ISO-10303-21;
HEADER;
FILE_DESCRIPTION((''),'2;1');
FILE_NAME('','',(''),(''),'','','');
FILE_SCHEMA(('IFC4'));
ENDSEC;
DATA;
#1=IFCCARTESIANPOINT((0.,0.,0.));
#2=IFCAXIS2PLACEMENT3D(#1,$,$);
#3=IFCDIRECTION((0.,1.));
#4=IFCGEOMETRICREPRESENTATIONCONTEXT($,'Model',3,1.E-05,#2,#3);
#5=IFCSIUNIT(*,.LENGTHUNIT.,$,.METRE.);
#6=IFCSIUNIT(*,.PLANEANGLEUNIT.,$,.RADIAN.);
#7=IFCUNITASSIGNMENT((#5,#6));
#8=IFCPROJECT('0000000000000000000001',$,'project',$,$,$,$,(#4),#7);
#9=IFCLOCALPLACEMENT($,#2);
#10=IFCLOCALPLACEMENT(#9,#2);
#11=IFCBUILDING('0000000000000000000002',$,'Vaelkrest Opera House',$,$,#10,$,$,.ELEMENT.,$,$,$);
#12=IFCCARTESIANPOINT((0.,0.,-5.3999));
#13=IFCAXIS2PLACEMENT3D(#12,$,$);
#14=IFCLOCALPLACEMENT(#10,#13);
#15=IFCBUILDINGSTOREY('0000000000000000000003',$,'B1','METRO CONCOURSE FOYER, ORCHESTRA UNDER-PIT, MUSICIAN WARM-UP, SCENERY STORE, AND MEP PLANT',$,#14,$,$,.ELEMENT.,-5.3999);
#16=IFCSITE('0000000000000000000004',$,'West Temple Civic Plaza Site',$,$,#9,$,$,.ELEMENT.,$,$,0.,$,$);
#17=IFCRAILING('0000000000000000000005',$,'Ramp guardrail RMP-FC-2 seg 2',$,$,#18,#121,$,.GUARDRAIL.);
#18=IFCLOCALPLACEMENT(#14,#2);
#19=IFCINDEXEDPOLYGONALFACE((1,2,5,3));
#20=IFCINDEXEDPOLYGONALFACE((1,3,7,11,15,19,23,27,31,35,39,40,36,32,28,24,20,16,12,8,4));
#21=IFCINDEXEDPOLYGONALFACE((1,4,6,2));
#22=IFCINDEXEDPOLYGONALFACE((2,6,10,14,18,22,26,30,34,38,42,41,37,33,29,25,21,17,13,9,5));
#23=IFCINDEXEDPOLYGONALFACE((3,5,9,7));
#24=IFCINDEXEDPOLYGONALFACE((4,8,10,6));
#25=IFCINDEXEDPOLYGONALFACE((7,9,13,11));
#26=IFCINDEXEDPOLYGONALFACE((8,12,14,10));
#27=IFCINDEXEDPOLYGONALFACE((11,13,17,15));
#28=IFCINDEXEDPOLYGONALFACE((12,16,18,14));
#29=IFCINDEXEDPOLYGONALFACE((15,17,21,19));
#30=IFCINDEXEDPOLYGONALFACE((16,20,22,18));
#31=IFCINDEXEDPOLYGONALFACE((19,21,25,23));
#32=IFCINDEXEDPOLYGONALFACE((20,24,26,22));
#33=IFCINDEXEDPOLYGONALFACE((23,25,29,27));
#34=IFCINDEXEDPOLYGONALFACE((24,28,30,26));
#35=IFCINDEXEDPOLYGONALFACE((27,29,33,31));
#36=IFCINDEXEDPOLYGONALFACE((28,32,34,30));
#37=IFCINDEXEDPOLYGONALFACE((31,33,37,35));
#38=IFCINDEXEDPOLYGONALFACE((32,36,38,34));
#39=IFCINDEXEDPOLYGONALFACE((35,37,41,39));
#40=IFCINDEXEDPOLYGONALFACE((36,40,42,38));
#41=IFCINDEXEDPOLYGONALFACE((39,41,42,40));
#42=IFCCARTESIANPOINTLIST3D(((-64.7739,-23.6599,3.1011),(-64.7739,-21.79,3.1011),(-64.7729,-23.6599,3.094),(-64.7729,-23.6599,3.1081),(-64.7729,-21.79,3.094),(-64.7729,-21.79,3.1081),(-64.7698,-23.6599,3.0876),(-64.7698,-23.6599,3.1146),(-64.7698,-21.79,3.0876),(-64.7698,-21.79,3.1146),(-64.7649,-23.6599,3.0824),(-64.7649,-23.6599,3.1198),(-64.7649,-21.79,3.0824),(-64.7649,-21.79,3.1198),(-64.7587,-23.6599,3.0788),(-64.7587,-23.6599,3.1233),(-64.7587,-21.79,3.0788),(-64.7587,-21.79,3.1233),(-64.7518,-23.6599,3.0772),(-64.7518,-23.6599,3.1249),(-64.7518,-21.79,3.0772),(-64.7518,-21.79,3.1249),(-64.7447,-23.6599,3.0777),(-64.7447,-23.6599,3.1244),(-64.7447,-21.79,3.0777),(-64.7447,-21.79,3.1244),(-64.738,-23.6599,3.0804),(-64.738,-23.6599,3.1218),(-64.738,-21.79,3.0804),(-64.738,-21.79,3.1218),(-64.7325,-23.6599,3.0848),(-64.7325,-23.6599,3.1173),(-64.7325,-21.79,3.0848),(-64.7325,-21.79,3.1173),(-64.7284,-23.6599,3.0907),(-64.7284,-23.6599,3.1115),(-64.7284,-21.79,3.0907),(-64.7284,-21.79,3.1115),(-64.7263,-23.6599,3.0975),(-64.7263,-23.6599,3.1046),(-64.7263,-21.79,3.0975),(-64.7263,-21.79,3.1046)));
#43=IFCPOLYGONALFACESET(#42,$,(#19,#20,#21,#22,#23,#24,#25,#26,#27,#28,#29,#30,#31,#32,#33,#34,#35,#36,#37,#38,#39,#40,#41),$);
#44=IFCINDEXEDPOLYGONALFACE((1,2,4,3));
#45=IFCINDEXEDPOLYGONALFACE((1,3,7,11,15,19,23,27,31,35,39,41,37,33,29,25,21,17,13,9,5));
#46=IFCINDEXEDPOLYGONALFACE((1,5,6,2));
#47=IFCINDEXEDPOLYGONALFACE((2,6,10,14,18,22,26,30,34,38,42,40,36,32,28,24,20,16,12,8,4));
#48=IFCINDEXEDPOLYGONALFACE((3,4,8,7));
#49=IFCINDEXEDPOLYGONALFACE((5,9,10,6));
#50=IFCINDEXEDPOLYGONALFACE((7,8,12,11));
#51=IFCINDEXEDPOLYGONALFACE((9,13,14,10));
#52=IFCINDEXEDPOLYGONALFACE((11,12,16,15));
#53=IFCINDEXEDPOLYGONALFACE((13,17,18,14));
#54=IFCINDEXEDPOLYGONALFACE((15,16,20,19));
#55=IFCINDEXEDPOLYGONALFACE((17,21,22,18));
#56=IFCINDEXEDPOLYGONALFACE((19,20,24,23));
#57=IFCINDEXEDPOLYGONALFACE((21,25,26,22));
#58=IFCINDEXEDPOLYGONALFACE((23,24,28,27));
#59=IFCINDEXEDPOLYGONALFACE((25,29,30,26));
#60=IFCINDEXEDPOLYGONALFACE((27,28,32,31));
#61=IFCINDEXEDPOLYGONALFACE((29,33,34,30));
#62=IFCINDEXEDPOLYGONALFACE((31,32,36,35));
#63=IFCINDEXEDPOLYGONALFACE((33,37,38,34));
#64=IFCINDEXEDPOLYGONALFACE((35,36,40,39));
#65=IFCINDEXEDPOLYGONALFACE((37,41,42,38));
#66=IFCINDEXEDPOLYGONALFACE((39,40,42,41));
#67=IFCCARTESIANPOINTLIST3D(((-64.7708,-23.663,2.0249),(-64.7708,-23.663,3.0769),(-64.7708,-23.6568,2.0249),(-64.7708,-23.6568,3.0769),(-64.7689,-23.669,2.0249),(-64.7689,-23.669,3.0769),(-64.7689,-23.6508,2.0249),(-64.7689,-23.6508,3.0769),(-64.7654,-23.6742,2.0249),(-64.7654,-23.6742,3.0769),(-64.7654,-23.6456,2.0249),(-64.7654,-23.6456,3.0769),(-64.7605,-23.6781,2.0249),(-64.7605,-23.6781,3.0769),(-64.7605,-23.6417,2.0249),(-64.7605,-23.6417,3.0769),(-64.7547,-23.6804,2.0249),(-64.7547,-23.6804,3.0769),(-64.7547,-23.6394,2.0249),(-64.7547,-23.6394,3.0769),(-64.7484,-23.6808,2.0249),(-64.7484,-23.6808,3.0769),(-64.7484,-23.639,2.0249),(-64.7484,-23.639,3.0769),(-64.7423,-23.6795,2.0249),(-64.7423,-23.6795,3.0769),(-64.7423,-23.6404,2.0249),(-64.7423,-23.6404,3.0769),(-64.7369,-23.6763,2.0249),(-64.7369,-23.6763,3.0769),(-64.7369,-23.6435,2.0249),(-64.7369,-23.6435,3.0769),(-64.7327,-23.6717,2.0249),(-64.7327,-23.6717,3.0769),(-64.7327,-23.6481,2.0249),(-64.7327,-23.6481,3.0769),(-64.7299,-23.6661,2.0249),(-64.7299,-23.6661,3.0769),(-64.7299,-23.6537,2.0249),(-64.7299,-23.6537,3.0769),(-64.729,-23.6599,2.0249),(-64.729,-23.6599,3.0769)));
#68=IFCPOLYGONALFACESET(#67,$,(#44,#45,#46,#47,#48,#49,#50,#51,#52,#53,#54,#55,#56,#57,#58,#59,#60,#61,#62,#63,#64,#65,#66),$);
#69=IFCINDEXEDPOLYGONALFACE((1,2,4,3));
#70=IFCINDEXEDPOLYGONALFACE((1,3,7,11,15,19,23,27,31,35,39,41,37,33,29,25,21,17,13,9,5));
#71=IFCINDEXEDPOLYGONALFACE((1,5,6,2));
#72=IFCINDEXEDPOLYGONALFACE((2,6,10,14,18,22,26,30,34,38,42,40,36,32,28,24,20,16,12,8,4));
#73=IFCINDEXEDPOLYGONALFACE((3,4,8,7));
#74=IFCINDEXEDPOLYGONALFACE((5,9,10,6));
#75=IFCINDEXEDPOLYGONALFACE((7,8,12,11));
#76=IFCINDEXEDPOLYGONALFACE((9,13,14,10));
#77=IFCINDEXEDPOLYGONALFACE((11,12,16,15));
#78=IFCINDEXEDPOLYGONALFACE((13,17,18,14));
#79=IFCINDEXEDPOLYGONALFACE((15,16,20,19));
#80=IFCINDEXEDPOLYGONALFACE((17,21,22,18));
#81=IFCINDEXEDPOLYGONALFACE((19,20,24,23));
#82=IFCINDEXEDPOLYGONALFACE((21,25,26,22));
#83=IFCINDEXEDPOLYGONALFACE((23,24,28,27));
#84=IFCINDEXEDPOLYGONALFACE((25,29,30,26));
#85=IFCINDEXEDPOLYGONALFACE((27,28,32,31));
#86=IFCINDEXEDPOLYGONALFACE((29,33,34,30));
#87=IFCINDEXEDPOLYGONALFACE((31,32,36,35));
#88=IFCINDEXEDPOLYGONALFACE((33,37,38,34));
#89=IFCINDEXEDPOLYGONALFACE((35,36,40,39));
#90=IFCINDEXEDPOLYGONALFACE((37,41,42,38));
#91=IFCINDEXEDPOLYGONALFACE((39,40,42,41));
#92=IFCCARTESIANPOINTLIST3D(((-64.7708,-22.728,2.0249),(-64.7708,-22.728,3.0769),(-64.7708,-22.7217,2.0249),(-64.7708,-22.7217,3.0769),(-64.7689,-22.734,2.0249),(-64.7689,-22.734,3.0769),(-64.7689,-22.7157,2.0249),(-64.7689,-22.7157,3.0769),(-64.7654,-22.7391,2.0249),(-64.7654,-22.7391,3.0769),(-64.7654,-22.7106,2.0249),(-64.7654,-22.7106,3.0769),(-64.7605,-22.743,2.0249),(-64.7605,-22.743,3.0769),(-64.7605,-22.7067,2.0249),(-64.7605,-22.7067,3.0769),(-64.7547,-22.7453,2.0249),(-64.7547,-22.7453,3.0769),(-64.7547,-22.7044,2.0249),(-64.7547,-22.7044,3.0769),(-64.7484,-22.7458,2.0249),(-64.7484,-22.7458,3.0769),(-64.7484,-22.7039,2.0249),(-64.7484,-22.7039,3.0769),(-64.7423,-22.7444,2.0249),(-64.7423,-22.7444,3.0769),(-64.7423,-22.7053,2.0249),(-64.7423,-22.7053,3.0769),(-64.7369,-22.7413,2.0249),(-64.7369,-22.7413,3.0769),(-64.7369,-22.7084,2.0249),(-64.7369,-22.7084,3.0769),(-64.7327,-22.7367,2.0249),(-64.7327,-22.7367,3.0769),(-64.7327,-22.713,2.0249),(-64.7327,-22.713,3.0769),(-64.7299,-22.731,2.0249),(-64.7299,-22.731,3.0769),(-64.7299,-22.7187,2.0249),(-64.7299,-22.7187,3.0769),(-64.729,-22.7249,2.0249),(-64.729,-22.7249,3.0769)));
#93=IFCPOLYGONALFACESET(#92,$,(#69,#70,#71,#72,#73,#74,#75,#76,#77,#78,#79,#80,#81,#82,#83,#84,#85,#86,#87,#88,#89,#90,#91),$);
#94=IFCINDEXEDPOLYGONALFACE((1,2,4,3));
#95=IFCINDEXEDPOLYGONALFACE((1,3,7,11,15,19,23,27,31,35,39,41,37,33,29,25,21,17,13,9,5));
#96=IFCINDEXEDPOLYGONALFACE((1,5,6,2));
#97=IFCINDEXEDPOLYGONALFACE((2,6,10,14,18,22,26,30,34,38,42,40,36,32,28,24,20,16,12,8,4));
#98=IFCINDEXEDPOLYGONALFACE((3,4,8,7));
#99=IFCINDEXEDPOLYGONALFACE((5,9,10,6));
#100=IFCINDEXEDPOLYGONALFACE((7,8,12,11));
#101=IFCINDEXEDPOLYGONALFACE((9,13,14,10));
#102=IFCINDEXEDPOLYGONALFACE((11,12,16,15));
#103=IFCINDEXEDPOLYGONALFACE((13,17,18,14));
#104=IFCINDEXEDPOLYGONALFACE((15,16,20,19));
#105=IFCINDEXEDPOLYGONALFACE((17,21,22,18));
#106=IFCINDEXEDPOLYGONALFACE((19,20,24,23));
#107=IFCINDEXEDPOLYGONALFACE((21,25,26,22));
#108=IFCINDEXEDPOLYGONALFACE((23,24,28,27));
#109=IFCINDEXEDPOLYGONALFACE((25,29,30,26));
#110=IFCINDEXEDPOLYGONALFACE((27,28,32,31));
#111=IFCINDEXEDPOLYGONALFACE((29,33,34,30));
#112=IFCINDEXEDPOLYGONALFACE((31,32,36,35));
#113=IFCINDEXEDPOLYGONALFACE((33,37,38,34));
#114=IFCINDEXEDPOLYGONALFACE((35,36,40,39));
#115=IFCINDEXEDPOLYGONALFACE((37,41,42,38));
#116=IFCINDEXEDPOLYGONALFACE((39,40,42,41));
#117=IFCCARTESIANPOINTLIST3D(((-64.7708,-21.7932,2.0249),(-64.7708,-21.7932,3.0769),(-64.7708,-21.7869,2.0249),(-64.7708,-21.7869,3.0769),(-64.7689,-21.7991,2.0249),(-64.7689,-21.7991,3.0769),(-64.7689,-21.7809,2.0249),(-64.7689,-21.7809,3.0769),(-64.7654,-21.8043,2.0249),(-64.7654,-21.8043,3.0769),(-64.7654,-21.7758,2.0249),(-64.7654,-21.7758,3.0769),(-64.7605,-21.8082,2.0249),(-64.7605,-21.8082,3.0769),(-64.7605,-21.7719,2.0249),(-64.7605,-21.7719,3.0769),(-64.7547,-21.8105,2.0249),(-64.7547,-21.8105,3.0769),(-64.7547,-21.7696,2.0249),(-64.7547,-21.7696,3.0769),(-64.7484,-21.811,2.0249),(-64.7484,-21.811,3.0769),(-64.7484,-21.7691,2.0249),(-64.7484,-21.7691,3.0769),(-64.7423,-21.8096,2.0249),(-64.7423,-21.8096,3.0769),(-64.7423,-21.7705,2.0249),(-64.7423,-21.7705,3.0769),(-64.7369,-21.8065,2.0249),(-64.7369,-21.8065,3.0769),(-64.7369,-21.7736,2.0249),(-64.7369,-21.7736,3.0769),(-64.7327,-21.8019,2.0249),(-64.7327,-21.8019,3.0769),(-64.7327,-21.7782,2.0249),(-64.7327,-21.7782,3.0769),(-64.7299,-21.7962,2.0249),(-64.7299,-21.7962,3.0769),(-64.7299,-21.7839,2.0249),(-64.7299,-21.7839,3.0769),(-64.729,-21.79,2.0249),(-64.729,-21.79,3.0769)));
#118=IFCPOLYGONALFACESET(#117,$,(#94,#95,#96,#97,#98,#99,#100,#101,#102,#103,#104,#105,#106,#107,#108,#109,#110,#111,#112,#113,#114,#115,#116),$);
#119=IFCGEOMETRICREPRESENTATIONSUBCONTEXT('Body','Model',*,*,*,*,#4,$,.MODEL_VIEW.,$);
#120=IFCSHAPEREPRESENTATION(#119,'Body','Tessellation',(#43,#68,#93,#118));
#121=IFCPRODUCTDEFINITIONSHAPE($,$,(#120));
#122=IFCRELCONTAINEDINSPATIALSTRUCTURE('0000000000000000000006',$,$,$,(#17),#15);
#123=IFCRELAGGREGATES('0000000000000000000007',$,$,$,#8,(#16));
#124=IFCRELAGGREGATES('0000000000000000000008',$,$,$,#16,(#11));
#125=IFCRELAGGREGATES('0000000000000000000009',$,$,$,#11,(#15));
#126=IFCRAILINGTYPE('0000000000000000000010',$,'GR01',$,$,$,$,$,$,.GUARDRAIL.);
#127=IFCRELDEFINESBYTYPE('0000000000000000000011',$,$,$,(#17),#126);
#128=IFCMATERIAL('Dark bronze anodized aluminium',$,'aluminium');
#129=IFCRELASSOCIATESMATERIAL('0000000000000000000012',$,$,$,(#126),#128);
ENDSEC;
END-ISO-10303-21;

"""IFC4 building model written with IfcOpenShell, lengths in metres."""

from ifc_helpers import new_model, si_unit, direction, frame, origin, origin_2d, place, context, subcontext, project, spatial, circle, extrude, material, type_object, element, save


model = new_model("IFC4")

# Units and contexts
model_context = context("Model", 3, precision=1e-05, world=origin(), true_north=direction((0.0, 1.0)))
body_context = subcontext(model_context, "Body", "Model", "MODEL_VIEW")
ifc_project = project(units=[si_unit("LENGTHUNIT", "METRE"), si_unit("PLANEANGLEUNIT", "RADIAN")], contexts=[model_context])

# Site, building, storey
site_placement = place(None, origin())
site = spatial("IfcSite", under=ifc_project, at=site_placement, Name="West Temple Civic Plaza Site", CompositionType="ELEMENT", RefElevation=0.0)
building_placement = place(site_placement, origin())
building = spatial("IfcBuilding", under=site, at=building_placement, Name="Vaelkrest Opera House", CompositionType="ELEMENT")
storey_placement = place(building_placement, frame((0.0, 0.0, -5.3999)))
storey = spatial("IfcBuildingStorey", under=building, at=storey_placement, Name="B1", Description="METRO CONCOURSE FOYER, ORCHESTRA UNDER-PIT, MUSICIAN WARM-UP, SCENERY STORE, AND MEP PLANT", CompositionType="ELEMENT", Elevation=-5.3999)

# Shared definitions
ifc_material_1 = material(Name="Dark bronze anodized aluminium", Category="aluminium")

# Railing
railing_type = type_object("IfcRailingType", Name="GR01", PredefinedType="GUARDRAIL", material=ifc_material_1)
railing_1_placement = place(storey_placement, frame((-64.75, -23.6599, 2.0249)))
element("IfcRailing", 1, at=railing_1_placement, inside=storey, type_object=railing_type, Name="Ramp guardrail RMP-FC-2 seg 2", PredefinedType="GUARDRAIL", context=body_context, shape_type="SweptSolid", body=[
    extrude(circle(Radius=0.0239, at=origin_2d()), frame((0.0, 0.0, 1.0762), z_axis=(0.0, 1.0, 0.0), x_axis=(-1.0, 0.0, 0.0)), (0.0, 0.0, 1.0), 1.8699),
    extrude(circle(Radius=0.021, at=origin_2d()), origin(), (0.0, 0.0, 1.0), 1.052),
    extrude(circle(Radius=0.021, at=origin_2d()), frame((0.0, 0.9351, 0.0)), (0.0, 0.0, 1.0), 1.052),
    extrude(circle(Radius=0.021, at=origin_2d()), frame((0.0, 1.8699, 0.0)), (0.0, 0.0, 1.0), 1.052),
])

save(model, "model.ifc")
